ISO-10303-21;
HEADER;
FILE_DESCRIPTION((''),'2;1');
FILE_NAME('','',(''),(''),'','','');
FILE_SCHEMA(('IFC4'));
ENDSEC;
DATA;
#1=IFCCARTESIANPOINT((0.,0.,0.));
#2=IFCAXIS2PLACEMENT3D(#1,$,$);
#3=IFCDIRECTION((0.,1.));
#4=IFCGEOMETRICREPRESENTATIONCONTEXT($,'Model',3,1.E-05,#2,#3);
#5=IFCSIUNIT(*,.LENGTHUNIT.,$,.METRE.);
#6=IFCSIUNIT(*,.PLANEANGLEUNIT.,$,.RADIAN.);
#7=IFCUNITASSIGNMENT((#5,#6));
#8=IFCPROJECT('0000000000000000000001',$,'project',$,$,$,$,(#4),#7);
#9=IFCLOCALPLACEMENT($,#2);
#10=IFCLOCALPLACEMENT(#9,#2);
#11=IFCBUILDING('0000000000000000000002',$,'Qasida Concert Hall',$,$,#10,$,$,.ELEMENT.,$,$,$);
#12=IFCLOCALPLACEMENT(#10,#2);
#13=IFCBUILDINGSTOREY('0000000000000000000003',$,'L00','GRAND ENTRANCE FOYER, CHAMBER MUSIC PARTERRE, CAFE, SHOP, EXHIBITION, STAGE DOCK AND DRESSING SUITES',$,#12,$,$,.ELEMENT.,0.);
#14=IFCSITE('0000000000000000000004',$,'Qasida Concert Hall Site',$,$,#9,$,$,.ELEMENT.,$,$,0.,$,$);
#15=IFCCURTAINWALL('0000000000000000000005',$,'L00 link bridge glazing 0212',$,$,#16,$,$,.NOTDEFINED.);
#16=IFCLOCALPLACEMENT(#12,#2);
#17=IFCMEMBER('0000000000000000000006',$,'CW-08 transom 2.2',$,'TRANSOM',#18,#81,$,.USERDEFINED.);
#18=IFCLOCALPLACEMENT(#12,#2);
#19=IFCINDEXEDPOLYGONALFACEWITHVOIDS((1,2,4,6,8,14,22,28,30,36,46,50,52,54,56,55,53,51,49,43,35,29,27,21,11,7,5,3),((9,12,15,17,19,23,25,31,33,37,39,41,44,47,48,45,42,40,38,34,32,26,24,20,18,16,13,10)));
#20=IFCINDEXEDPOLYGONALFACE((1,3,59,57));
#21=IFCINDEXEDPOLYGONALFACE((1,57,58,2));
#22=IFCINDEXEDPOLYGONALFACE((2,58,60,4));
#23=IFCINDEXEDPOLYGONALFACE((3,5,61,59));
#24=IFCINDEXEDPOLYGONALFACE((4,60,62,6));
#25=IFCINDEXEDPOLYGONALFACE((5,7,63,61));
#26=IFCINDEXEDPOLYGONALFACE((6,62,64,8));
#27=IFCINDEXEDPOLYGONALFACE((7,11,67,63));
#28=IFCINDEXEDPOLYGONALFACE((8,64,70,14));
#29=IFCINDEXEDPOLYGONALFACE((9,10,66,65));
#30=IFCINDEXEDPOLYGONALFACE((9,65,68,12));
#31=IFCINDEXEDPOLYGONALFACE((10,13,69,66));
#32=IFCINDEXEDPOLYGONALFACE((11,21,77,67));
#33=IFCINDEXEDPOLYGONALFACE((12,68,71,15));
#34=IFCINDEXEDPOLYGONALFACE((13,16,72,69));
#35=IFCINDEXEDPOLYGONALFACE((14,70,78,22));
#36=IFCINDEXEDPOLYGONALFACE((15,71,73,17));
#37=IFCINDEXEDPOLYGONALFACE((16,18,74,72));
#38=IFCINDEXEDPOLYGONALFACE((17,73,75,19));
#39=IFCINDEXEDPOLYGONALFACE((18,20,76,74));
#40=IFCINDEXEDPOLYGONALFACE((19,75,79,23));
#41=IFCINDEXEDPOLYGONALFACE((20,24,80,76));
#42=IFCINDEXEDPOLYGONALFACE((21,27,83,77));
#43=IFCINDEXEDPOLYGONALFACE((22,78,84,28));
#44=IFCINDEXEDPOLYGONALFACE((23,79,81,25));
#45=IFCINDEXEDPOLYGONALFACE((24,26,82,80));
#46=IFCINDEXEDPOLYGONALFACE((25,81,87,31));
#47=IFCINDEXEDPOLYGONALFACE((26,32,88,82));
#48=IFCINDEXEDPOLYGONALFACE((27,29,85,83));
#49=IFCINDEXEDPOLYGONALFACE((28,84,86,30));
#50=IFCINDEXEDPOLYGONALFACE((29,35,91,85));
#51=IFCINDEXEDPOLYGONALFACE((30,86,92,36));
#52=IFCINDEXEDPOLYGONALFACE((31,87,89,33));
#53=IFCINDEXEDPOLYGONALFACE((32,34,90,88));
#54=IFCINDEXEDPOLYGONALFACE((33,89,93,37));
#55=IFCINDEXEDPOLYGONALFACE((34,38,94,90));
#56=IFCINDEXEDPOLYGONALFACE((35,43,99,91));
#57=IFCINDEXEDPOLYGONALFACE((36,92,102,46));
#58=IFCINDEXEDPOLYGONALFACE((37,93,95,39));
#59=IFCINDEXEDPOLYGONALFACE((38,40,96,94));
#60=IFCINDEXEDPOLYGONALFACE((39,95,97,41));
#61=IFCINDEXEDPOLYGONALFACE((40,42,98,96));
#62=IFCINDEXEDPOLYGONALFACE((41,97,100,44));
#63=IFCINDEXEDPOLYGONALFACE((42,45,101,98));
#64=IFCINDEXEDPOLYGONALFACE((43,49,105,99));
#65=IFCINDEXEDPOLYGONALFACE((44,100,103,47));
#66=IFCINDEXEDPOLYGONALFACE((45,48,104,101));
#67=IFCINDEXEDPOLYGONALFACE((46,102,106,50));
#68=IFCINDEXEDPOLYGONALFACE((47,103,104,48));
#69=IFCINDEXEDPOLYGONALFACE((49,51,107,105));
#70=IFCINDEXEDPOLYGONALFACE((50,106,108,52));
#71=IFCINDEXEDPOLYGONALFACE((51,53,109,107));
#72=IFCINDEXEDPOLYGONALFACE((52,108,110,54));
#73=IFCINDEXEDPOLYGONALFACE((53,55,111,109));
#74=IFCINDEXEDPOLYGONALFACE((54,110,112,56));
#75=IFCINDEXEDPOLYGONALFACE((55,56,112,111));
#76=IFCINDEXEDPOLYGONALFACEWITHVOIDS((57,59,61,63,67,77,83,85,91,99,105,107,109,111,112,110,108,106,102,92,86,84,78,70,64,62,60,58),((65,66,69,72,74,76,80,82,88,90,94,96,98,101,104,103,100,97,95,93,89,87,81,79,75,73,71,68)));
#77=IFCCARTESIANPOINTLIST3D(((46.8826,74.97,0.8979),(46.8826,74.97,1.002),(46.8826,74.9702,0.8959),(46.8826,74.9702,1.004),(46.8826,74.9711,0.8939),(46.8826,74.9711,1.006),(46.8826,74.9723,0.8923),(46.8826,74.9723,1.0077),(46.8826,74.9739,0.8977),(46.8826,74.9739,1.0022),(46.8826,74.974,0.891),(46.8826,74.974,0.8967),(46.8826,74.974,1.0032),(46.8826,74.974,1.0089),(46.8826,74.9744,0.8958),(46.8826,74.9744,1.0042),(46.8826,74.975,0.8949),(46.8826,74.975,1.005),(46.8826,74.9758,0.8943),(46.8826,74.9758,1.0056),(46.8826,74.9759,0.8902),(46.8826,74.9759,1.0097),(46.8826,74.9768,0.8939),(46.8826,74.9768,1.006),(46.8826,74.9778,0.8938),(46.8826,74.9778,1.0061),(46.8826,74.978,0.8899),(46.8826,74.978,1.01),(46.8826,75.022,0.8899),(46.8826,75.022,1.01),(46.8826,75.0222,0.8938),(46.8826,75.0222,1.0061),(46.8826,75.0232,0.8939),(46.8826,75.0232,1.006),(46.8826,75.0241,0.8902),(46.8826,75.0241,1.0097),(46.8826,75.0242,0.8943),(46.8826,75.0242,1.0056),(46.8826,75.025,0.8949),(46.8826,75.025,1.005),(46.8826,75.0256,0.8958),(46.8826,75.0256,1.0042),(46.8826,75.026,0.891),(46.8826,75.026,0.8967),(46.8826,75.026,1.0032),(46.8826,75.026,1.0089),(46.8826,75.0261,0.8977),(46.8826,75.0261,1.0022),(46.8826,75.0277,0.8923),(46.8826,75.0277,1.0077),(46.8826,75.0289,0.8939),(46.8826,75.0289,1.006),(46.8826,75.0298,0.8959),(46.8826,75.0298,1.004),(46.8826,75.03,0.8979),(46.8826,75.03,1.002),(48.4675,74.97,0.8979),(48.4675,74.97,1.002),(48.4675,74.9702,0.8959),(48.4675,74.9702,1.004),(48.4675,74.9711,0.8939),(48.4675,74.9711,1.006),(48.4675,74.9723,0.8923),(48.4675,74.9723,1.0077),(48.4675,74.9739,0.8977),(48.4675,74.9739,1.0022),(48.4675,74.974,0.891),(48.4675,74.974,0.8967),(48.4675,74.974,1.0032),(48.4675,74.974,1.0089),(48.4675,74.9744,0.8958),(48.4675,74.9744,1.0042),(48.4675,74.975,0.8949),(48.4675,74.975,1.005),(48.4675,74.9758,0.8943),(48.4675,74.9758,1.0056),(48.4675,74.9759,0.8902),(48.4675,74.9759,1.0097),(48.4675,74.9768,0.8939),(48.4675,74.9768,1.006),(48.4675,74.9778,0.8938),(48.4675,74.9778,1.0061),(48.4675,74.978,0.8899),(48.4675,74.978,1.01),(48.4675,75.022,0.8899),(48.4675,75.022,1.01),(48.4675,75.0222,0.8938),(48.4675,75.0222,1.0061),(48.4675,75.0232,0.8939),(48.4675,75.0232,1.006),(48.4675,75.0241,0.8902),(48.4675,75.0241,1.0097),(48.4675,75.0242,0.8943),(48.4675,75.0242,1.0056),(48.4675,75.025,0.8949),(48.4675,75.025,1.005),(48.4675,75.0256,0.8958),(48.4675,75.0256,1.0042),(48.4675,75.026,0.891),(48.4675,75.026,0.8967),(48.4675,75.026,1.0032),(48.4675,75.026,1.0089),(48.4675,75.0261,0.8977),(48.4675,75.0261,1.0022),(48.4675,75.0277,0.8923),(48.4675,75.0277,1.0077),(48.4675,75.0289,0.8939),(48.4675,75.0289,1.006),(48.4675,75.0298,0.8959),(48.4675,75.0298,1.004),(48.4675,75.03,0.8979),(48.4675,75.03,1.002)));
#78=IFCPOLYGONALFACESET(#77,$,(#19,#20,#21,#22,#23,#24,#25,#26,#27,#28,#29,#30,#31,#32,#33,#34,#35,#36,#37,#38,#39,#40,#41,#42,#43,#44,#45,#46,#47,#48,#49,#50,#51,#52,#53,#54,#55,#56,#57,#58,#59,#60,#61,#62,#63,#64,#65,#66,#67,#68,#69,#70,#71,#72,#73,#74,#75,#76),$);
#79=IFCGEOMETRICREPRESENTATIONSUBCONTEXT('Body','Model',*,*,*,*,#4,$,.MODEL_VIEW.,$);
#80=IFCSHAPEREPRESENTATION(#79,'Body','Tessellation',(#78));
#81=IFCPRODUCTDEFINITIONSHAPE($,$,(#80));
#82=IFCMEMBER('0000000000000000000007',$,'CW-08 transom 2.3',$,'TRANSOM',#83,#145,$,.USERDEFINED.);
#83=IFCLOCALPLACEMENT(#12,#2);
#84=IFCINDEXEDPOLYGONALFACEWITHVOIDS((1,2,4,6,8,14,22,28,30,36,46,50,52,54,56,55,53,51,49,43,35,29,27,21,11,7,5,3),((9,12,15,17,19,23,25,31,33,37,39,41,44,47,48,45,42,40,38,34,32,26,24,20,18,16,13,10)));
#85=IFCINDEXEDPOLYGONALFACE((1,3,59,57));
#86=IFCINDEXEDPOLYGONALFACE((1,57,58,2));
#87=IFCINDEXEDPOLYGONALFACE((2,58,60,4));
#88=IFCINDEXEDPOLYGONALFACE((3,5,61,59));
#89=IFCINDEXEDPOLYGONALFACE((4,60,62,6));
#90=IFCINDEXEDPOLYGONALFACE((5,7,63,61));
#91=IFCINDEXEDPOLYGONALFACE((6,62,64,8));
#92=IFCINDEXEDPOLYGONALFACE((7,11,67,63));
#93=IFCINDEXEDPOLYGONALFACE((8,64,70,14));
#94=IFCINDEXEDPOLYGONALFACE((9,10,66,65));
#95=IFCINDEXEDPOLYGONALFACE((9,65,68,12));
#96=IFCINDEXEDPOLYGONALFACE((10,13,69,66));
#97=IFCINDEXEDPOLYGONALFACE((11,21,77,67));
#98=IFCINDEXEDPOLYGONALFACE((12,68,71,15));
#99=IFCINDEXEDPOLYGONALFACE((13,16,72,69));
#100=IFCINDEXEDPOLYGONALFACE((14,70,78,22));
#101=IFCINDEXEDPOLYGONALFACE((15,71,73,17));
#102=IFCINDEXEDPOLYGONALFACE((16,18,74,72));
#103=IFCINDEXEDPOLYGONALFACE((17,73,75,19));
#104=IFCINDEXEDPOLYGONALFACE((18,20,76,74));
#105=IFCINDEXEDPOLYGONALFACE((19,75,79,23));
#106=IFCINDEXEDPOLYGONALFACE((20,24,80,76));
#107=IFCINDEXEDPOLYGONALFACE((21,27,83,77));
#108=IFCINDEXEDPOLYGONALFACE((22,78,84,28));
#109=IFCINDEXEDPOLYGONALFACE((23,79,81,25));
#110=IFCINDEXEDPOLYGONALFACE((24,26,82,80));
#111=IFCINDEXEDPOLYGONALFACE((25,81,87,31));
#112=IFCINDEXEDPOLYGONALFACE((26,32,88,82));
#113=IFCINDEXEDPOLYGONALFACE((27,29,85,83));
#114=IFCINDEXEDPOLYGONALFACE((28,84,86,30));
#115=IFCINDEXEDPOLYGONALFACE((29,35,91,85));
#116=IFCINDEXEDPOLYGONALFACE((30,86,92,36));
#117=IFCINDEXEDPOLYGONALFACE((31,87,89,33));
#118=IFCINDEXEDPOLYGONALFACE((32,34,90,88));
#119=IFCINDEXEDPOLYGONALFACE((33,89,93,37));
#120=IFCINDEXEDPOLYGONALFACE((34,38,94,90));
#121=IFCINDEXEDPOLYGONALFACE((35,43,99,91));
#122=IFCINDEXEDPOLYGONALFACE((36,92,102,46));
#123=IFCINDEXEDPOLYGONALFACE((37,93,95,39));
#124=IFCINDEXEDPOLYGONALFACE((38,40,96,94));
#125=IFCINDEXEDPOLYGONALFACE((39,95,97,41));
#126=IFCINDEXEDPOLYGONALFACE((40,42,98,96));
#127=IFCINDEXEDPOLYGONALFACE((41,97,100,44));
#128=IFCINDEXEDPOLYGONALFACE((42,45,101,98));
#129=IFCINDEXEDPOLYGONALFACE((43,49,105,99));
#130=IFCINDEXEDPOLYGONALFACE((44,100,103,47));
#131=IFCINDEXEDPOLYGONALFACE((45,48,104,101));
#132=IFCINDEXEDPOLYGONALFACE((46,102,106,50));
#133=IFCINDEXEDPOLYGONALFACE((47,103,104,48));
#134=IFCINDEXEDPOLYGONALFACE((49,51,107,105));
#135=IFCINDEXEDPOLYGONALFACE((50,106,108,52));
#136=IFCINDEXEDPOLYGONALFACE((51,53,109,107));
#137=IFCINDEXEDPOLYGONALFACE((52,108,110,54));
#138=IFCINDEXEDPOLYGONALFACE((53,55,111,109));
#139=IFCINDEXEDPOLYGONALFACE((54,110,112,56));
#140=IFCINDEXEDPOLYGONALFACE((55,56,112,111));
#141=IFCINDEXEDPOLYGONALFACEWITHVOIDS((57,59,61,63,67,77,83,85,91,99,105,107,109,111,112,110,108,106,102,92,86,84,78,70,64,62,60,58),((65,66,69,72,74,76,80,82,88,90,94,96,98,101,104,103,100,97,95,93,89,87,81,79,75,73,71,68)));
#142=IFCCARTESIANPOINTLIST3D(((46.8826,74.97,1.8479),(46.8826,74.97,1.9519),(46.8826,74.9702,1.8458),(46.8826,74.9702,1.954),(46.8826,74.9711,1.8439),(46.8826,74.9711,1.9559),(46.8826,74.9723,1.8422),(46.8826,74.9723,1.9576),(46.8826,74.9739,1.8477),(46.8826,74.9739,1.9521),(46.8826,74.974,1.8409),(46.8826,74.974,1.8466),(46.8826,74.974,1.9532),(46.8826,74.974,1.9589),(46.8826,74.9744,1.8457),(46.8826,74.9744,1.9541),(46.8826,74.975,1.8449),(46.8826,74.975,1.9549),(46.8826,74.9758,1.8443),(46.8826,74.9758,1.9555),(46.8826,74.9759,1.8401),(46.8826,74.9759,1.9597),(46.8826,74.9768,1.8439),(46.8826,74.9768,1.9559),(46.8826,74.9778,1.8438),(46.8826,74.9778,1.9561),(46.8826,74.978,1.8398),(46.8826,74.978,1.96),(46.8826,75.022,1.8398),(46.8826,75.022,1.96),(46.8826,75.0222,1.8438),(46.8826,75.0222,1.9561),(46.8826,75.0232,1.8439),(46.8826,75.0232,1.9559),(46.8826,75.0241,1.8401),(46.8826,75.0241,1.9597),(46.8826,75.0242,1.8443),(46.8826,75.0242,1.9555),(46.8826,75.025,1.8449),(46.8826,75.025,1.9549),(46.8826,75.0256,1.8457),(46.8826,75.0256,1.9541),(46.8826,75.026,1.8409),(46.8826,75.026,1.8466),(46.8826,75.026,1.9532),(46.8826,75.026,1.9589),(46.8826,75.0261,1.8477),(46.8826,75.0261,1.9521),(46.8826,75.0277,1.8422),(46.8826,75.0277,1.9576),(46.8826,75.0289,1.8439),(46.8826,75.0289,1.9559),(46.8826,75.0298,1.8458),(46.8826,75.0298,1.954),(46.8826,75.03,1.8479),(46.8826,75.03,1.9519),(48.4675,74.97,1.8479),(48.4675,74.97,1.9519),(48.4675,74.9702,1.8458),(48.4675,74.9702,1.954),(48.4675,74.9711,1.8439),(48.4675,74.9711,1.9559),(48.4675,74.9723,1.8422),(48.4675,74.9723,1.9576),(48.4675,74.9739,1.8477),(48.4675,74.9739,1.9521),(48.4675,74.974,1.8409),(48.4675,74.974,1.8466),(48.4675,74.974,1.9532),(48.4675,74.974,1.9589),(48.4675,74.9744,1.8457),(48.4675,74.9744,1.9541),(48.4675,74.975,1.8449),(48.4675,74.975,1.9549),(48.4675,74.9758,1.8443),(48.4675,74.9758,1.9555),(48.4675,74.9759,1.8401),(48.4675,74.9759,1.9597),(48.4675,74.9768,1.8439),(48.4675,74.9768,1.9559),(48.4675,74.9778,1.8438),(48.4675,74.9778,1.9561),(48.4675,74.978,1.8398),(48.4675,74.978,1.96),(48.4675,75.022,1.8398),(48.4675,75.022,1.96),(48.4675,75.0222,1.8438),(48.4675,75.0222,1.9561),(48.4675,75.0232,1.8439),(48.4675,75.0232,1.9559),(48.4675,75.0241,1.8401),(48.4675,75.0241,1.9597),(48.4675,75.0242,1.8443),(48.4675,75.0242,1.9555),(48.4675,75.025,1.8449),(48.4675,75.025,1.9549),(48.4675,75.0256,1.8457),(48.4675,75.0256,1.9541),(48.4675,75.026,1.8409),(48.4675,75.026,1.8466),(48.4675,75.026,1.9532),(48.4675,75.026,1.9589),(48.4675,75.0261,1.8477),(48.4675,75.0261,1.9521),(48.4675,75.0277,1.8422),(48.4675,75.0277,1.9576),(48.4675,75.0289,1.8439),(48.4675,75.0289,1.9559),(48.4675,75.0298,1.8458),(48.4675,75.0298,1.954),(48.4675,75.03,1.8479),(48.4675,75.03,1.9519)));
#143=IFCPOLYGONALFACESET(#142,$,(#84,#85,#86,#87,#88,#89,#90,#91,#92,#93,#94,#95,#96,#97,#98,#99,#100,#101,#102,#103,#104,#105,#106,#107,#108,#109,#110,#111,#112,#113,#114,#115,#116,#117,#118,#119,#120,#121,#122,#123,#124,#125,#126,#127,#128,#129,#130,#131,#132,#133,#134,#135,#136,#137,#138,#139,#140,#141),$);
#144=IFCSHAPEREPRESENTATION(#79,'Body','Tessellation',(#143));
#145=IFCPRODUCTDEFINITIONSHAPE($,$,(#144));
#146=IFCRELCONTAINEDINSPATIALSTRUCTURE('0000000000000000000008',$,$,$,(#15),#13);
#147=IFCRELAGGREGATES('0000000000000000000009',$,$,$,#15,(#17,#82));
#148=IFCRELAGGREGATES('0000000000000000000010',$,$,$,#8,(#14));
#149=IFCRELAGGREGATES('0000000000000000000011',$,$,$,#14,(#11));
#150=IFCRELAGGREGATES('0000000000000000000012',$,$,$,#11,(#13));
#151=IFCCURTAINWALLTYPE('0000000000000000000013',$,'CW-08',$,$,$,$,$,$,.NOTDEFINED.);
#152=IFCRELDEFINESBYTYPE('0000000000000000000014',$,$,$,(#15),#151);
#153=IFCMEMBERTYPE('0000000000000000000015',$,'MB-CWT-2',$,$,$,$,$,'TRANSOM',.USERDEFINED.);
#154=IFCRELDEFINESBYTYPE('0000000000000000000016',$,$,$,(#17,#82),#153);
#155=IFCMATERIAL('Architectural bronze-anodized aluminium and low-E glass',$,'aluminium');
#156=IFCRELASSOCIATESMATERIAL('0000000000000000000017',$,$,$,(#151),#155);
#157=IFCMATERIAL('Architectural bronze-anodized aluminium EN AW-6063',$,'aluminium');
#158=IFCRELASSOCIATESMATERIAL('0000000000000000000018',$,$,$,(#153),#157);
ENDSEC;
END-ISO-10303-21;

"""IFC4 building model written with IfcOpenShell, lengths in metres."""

from ifc_helpers import new_model, si_unit, direction, frame, origin, origin_2d, place, context, subcontext, project, spatial, hollow_rectangle, extrude, material, material_profile, profile_set, type_object, element, aggregate, save


model = new_model("IFC4")

# Units and contexts
model_context = context("Model", 3, precision=1e-05, world=origin(), true_north=direction((0.0, 1.0)))
body_context = subcontext(model_context, "Body", "Model", "MODEL_VIEW")
ifc_project = project(units=[si_unit("LENGTHUNIT", "METRE"), si_unit("PLANEANGLEUNIT", "RADIAN")], contexts=[model_context])

# Site, building, storey
site_placement = place(None, origin())
site = spatial("IfcSite", under=ifc_project, at=site_placement, Name="Qasida Concert Hall Site", CompositionType="ELEMENT", RefElevation=0.0)
building_placement = place(site_placement, origin())
building = spatial("IfcBuilding", under=site, at=building_placement, Name="Qasida Concert Hall", CompositionType="ELEMENT")
storey_placement = place(building_placement, origin())
storey = spatial("IfcBuildingStorey", under=building, at=storey_placement, Name="L00", Description="GRAND ENTRANCE FOYER, CHAMBER MUSIC PARTERRE, CAFE, SHOP, EXHIBITION, STAGE DOCK AND DRESSING SUITES", CompositionType="ELEMENT", Elevation=0.0)

# Curtain wall, members
ifc_material_1 = material(Name="Architectural bronze-anodized aluminium and low-E glass", Category="aluminium")
curtain_wall_type = type_object("IfcCurtainWallType", Name="CW-08", PredefinedType="NOTDEFINED", material=ifc_material_1)
curtain_wall_placement = place(storey_placement, origin())
curtain_wall = element("IfcCurtainWall", 1, at=curtain_wall_placement, inside=storey, type_object=curtain_wall_type, Name="L00 link bridge glazing 0212", PredefinedType="NOTDEFINED")
ifc_material_2 = material(Name="Architectural bronze-anodized aluminium EN AW-6063", Category="aluminium")
ifc_material_profile_1 = material_profile(ifc_material_2, hollow_rectangle(XDim=0.0601, YDim=0.1201, WallThickness=0.0039, InnerFilletRadius=0.0039, OuterFilletRadius=0.0081, at=origin_2d()), Name="CWT 120x60x4")
ifc_profile_set_1 = profile_set([ifc_material_profile_1], Name="Architectural bronze-anodized aluminium EN AW-6063")
member_type_1 = type_object("IfcMemberType", Name="MB-CWT-2", ElementType="TRANSOM", PredefinedType="USERDEFINED", material=ifc_profile_set_1)
member_1_placement = place(storey_placement, frame((46.8826, 75.0, 0.95), z_axis=(1.0, 0.0, 0.0), x_axis=(0.0, 1.0, 0.0)))
member_1 = element("IfcMember", 2, at=member_1_placement, type_object=member_type_1, Name="CW-08 transom 2.2", ObjectType="TRANSOM", PredefinedType="USERDEFINED", context=body_context, shape_type="SweptSolid", body=[
    extrude(hollow_rectangle(XDim=0.0601, YDim=0.1201, WallThickness=0.0039, InnerFilletRadius=0.0039, OuterFilletRadius=0.0081, at=origin_2d()), origin(), (0.0, 0.0, 1.0), 1.585),
])
member_2_placement = place(storey_placement, frame((46.8826, 75.0, 1.8999), z_axis=(1.0, 0.0, 0.0), x_axis=(0.0, 1.0, 0.0)))
member_2 = element("IfcMember", 3, at=member_2_placement, type_object=member_type_1, Name="CW-08 transom 2.3", ObjectType="TRANSOM", PredefinedType="USERDEFINED", context=body_context, shape_type="SweptSolid", body=[
    extrude(hollow_rectangle(XDim=0.0601, YDim=0.1201, WallThickness=0.0039, InnerFilletRadius=0.0039, OuterFilletRadius=0.0081, at=origin_2d()), origin(), (0.0, 0.0, 1.0), 1.585),
])
aggregate(curtain_wall, [member_1, member_2])

save(model, "model.ifc")
